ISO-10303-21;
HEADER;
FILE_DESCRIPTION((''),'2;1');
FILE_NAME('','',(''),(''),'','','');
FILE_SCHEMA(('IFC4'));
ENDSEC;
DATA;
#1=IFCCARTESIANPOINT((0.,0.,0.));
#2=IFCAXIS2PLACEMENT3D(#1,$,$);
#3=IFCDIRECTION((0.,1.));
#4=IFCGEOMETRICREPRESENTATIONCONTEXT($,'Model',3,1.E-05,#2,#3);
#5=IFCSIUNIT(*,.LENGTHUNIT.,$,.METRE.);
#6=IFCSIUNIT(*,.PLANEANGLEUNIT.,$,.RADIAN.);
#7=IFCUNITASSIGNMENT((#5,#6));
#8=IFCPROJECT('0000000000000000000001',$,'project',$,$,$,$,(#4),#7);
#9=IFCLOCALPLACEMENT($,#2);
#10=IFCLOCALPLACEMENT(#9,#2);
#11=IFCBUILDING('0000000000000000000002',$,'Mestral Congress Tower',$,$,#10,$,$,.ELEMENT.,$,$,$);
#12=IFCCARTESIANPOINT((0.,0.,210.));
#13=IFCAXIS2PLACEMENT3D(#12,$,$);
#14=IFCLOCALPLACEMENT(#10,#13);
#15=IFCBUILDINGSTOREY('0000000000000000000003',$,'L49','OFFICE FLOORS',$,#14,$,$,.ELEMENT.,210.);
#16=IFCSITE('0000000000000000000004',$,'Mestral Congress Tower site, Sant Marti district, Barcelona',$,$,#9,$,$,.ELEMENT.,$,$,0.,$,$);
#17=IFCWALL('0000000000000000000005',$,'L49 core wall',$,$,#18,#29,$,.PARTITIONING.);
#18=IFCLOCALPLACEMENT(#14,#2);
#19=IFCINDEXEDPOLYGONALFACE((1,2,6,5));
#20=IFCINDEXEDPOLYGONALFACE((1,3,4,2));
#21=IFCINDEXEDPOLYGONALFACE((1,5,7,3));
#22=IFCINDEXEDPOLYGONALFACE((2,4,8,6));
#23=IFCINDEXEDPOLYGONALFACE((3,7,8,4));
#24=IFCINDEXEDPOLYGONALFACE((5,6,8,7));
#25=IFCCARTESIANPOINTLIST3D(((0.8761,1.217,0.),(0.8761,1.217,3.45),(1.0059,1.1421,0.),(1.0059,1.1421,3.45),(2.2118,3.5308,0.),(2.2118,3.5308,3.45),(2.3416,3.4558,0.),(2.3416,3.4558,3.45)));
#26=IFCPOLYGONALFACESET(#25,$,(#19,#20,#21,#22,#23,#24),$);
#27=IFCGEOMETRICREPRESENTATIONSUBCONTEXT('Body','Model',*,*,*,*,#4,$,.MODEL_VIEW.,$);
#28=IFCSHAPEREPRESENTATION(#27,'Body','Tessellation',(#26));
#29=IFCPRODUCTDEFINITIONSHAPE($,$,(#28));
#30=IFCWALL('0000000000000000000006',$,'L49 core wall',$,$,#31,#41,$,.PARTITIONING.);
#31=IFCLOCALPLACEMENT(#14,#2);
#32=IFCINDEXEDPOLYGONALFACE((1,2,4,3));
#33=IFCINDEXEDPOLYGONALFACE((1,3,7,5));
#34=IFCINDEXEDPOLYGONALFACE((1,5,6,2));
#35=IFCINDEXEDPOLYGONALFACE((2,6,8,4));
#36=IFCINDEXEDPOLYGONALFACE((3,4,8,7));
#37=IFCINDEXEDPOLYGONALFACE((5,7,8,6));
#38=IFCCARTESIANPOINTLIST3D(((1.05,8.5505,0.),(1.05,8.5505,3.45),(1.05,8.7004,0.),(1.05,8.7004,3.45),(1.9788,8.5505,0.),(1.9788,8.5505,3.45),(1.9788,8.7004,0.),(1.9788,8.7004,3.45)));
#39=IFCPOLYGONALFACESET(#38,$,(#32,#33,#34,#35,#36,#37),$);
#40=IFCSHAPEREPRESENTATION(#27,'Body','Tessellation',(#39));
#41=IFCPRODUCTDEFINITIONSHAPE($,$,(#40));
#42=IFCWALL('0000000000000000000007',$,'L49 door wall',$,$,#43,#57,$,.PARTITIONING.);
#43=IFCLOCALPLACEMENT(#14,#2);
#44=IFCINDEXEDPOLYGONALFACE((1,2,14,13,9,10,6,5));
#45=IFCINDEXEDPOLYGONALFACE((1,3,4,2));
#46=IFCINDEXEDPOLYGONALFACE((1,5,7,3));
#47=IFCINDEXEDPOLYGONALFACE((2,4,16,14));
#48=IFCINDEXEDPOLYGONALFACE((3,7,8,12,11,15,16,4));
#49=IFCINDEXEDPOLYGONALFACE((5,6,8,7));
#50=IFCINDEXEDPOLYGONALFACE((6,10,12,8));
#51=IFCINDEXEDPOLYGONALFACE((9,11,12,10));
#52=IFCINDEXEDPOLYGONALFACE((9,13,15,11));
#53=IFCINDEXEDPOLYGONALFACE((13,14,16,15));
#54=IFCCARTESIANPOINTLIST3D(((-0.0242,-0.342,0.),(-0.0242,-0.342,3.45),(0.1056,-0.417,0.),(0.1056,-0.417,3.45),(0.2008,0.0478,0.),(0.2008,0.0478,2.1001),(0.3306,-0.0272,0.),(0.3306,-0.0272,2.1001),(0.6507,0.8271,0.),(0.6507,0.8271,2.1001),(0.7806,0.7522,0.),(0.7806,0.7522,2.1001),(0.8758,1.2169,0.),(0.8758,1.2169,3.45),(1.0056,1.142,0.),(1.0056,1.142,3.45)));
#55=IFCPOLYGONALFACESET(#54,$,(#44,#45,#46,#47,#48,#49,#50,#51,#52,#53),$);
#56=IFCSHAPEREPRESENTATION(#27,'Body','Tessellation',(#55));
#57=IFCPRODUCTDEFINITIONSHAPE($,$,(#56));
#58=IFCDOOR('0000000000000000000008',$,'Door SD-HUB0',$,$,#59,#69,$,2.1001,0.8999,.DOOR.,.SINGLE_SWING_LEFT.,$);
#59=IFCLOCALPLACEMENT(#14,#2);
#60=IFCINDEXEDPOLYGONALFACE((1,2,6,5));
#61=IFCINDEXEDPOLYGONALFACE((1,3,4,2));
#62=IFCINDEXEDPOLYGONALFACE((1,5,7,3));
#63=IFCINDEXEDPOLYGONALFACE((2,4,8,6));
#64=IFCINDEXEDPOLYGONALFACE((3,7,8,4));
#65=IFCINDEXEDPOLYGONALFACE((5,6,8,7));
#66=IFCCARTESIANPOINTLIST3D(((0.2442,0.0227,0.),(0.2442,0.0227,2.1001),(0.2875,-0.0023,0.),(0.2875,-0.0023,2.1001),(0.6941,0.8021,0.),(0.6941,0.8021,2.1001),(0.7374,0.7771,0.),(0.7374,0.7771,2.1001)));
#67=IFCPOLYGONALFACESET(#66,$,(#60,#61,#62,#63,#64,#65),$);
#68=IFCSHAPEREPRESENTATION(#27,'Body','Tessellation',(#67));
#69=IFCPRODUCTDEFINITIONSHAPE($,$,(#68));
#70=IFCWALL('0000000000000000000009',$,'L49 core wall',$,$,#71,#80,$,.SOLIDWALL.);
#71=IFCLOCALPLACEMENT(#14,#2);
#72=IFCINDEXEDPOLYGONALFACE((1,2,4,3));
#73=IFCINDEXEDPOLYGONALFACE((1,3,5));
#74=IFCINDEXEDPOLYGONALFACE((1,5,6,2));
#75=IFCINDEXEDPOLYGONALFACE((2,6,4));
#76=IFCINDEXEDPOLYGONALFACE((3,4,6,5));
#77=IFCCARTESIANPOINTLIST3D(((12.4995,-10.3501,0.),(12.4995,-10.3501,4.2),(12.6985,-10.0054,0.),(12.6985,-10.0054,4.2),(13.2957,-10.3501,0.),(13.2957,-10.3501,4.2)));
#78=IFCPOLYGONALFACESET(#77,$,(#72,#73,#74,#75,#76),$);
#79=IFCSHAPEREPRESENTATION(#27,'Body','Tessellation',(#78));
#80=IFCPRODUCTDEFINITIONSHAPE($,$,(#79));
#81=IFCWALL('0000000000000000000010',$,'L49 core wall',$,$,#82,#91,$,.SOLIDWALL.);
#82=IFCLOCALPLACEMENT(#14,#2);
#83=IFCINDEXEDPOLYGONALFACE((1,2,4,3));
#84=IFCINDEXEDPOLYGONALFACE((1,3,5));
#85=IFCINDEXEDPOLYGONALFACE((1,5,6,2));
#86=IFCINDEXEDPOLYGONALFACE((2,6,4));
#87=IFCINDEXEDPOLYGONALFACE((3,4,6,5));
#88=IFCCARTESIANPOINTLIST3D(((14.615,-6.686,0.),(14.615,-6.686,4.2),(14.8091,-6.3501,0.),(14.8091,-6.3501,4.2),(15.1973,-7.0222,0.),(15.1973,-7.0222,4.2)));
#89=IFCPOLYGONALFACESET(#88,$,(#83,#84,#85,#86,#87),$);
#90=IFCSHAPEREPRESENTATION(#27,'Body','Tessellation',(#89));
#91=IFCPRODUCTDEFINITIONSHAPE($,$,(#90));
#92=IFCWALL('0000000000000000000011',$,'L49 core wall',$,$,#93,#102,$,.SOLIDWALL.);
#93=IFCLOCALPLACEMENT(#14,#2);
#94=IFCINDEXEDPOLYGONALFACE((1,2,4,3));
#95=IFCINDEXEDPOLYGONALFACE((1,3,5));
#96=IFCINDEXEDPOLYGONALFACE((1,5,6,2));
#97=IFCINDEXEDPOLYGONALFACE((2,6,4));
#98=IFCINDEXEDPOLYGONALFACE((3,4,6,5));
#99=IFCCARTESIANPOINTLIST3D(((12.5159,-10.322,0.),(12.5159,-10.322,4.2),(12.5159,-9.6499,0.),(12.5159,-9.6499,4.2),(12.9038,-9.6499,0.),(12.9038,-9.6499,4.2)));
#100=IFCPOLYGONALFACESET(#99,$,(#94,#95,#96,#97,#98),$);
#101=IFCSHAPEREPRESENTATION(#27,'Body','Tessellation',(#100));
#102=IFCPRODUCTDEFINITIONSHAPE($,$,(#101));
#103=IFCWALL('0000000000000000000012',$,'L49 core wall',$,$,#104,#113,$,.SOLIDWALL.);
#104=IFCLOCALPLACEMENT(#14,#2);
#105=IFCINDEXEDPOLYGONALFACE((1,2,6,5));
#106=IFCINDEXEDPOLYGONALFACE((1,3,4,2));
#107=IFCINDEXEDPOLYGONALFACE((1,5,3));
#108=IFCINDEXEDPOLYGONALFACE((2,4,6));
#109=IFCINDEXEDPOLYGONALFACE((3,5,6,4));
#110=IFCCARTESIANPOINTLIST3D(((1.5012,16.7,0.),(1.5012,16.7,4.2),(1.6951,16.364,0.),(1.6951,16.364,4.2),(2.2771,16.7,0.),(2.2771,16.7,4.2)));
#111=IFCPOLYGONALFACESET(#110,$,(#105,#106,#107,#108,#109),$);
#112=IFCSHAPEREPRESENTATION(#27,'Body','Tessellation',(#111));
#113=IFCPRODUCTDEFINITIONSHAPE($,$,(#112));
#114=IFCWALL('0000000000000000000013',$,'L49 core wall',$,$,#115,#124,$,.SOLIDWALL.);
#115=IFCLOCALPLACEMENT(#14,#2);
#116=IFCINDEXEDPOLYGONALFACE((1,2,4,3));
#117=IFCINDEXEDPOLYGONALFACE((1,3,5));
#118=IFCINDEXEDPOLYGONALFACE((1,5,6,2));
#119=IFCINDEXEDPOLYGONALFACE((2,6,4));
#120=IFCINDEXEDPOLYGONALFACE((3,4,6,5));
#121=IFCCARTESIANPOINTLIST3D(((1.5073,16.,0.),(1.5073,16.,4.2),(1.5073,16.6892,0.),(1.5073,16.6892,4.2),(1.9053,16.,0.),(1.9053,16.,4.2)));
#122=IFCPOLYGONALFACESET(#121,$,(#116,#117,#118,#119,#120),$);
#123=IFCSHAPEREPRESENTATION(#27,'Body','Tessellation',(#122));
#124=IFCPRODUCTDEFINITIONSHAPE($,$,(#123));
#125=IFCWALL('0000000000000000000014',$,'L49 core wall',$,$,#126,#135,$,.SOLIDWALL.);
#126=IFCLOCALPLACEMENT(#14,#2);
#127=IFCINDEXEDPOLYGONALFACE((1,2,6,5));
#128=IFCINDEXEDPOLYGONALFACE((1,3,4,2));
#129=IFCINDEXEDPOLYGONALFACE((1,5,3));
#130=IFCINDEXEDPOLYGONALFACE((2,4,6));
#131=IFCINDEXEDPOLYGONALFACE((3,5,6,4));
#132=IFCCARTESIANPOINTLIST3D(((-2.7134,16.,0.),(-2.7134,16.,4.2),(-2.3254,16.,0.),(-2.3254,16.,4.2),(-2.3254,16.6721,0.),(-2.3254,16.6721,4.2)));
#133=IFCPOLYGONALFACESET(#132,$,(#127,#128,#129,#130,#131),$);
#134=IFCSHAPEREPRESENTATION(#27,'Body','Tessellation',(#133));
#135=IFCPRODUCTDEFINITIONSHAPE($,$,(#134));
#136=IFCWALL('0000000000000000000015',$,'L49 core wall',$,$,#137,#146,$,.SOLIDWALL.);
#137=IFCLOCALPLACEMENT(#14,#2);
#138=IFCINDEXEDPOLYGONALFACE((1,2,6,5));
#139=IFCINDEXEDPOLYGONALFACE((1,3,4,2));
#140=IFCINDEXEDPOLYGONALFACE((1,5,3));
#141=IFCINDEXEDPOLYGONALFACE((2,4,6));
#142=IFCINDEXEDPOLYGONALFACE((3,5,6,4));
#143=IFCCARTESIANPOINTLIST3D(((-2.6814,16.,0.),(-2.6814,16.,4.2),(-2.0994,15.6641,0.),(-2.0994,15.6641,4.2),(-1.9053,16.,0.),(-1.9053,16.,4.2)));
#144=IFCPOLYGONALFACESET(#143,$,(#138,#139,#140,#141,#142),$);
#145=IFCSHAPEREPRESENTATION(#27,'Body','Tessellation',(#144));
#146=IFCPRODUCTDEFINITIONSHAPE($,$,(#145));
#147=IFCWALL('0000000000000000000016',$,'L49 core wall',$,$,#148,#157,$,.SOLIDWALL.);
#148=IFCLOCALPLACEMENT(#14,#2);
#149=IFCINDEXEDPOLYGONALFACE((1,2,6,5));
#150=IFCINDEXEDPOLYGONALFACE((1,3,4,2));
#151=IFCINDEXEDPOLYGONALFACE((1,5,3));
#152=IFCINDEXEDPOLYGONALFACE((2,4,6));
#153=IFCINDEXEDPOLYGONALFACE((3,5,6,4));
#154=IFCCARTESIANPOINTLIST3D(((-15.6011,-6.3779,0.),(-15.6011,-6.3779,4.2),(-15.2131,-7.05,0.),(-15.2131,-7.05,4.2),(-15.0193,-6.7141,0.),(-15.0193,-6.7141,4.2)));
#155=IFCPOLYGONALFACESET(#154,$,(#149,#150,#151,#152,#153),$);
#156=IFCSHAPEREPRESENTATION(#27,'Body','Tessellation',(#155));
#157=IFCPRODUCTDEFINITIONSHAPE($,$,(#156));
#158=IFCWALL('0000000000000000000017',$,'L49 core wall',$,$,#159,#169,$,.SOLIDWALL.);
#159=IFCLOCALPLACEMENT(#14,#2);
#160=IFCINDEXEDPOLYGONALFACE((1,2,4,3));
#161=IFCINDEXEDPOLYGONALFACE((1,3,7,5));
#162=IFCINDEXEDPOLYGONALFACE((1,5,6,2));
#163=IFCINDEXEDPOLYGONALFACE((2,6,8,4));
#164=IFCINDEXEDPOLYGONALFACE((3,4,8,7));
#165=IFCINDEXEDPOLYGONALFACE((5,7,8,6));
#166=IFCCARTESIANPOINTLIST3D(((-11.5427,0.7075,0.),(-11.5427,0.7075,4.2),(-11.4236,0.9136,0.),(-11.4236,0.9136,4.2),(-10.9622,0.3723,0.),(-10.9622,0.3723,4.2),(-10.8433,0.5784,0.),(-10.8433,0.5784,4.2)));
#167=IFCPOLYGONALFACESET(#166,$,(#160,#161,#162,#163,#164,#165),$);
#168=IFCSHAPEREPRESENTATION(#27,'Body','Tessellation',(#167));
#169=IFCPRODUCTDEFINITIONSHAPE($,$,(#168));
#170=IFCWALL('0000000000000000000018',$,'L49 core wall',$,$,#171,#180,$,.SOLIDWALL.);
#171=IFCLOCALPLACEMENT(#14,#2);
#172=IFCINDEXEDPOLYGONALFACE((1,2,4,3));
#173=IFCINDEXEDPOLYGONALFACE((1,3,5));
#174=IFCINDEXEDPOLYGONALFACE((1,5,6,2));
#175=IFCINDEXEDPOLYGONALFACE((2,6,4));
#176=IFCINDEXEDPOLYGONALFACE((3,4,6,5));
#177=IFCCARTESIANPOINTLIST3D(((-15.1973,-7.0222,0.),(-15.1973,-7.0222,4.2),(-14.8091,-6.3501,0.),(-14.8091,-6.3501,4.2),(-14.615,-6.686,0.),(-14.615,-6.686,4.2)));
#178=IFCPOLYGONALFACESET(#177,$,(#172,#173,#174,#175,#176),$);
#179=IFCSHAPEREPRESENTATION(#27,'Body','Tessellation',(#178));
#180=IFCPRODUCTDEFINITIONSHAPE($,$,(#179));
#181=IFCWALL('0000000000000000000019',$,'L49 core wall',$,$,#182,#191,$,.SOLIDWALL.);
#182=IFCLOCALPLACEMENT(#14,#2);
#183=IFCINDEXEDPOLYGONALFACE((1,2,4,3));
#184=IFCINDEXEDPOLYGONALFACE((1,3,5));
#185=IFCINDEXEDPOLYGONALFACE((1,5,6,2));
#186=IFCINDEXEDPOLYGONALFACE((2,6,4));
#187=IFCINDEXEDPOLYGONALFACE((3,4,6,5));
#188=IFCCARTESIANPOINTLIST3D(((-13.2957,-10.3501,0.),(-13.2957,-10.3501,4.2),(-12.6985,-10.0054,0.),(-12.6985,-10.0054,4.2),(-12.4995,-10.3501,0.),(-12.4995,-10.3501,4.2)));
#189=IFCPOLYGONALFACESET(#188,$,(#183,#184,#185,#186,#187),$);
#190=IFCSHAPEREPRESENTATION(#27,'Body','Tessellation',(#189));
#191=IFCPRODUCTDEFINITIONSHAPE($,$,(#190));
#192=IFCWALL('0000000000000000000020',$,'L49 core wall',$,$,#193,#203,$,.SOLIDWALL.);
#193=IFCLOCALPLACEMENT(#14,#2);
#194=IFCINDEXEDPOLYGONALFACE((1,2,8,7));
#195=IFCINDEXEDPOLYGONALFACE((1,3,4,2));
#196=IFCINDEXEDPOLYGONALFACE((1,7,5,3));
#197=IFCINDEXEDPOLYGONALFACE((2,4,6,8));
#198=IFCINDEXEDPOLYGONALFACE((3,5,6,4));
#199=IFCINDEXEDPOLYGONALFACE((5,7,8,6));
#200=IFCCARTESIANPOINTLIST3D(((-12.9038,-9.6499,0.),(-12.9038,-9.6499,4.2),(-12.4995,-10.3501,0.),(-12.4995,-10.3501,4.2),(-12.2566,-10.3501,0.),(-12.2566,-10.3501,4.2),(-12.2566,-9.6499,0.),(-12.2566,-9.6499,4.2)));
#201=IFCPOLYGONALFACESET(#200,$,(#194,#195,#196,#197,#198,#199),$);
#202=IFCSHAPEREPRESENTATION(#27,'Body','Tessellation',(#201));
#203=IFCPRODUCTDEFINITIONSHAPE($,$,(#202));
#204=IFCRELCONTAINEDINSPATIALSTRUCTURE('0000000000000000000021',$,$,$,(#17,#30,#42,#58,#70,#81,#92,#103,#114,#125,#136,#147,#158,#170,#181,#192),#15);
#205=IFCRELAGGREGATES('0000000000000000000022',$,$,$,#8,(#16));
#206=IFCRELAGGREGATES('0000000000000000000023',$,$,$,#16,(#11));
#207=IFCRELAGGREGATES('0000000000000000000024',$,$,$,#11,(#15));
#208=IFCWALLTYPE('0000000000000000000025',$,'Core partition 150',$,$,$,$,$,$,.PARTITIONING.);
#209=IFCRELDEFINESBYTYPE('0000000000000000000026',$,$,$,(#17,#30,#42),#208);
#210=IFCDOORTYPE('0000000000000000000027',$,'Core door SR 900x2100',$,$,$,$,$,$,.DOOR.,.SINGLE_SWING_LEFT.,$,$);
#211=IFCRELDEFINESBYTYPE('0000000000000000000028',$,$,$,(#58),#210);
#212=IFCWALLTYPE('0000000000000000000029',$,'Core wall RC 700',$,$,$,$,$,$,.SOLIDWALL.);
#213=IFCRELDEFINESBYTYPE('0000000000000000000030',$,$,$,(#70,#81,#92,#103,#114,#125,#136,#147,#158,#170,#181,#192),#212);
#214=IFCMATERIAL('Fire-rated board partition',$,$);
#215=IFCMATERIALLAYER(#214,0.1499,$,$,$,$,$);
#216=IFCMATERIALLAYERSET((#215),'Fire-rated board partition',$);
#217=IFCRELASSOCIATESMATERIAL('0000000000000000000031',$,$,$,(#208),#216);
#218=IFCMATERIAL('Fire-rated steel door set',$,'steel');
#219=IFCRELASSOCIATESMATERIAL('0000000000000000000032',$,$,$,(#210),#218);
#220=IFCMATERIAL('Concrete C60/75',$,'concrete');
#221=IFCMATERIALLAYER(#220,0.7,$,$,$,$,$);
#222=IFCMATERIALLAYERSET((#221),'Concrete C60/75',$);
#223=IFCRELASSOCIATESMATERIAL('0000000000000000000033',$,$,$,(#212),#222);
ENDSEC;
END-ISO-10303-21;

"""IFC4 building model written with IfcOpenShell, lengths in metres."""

from ifc_helpers import new_model, si_unit, direction, frame, frame_2d, origin, place, context, subcontext, project, spatial, polyline, rectangle, outline, extrude, material, layer, layer_set, type_object, element, fill, save


model = new_model("IFC4")

# Units and contexts
model_context = context("Model", 3, precision=1e-05, world=origin(), true_north=direction((0.0, 1.0)))
body_context = subcontext(model_context, "Body", "Model", "MODEL_VIEW")
ifc_project = project(units=[si_unit("LENGTHUNIT", "METRE"), si_unit("PLANEANGLEUNIT", "RADIAN")], contexts=[model_context])

# Site, building, storey
site_placement = place(None, origin())
site = spatial("IfcSite", under=ifc_project, at=site_placement, Name="Mestral Congress Tower site, Sant Marti district, Barcelona", CompositionType="ELEMENT", RefElevation=0.0)
building_placement = place(site_placement, origin())
building = spatial("IfcBuilding", under=site, at=building_placement, Name="Mestral Congress Tower", CompositionType="ELEMENT")
storey_placement = place(building_placement, frame((0.0, 0.0, 210.0)))
storey = spatial("IfcBuildingStorey", under=building, at=storey_placement, Name="L49", Description="OFFICE FLOORS", CompositionType="ELEMENT", Elevation=210.0)

# Walls
ifc_material_1 = material(Name="Fire-rated board partition")
ifc_layer_1 = layer(ifc_material_1, 0.1499)
ifc_layer_set_1 = layer_set([ifc_layer_1], Name="Fire-rated board partition")
wall_type_1 = type_object("IfcWallType", Name="Core partition 150", PredefinedType="PARTITIONING", material=ifc_layer_set_1)
wall_1_placement = place(storey_placement, frame((0.9409, 1.1794, 0.0), z_axis=(0.0, 0.0, 1.0), x_axis=(0.499962, 0.866047, 0.0)))
element("IfcWall", 1, at=wall_1_placement, inside=storey, type_object=wall_type_1, Name="L49 core wall", PredefinedType="PARTITIONING", context=body_context, shape_type="SweptSolid", body=[
    extrude(rectangle(XDim=2.6716, YDim=0.1499, at=frame_2d((1.3359, 0.0))), origin(), (0.0, 0.0, 1.0), 3.45),
])
wall_2_placement = place(storey_placement, frame((1.05, 8.6255, 0.0), z_axis=(0.0, 0.0, 1.0), x_axis=(1.0, 0.0, 0.0)))
element("IfcWall", 2, at=wall_2_placement, inside=storey, type_object=wall_type_1, Name="L49 core wall", PredefinedType="PARTITIONING", context=body_context, shape_type="SweptSolid", body=[
    extrude(rectangle(XDim=0.9287, YDim=0.1499, at=frame_2d((0.4644, 0.0))), origin(), (0.0, 0.0, 1.0), 3.45),
])

# Wall, opening, door
wall_3_placement = place(storey_placement, frame((0.0408, -0.3794, 0.0), z_axis=(0.0, 0.0, 1.0), x_axis=(0.499961, 0.866048, 0.0)))
wall_3 = element("IfcWall", 3, at=wall_3_placement, inside=storey, type_object=wall_type_1, Name="L49 door wall", PredefinedType="PARTITIONING", context=body_context, shape_type="SweptSolid", body=[
    extrude(rectangle(XDim=1.8, YDim=0.1499, at=frame_2d((0.8999, 0.0))), origin(), (0.0, 0.0, 1.0), 3.45),
])
opening_placement = place(wall_3_placement, frame((0.45, 0.0, 0.0)))
opening = element("IfcOpeningElement", 4, at=opening_placement, cuts=wall_3, PredefinedType="OPENING", context=body_context, shape_type="SweptSolid", body=[
    extrude(rectangle(XDim=0.8999, YDim=2.1001, at=frame_2d((0.45, 1.05))), frame((0.0, 0.085, 0.0), z_axis=(0.0, -1.0, 0.0), x_axis=(1.0, 0.0, 0.0)), (0.0, 0.0, 1.0), 0.1699),
])
ifc_material_2 = material(Name="Fire-rated steel door set", Category="steel")
door_type = type_object("IfcDoorType", Name="Core door SR 900x2100", OperationType="SINGLE_SWING_LEFT", PredefinedType="DOOR", material=ifc_material_2)
door_placement = place(opening_placement, origin())
door = element("IfcDoor", 5, at=door_placement, inside=storey, type_object=door_type, Name="Door SD-HUB0", OperationType="SINGLE_SWING_LEFT", OverallHeight=2.1001, OverallWidth=0.8999, PredefinedType="DOOR", context=body_context, shape_type="SweptSolid", body=[
    extrude(rectangle(XDim=0.8999, YDim=2.1001, at=frame_2d((0.45, 1.05))), frame((0.0, 0.0249, 0.0), z_axis=(0.0, -1.0, 0.0), x_axis=(1.0, 0.0, 0.0)), (0.0, 0.0, 1.0), 0.05),
])
fill(opening, door)

# Walls
ifc_material_3 = material(Name="Concrete C60/75", Category="concrete")
ifc_layer_2 = layer(ifc_material_3, 0.7)
ifc_layer_set_2 = layer_set([ifc_layer_2], Name="Concrete C60/75")
wall_type_2 = type_object("IfcWallType", Name="Core wall RC 700", PredefinedType="SOLIDWALL", material=ifc_layer_set_2)
placement = place(storey_placement, origin())
element("IfcWall", 6, at=placement, inside=storey, type_object=wall_type_2, Name="L49 core wall", PredefinedType="SOLIDWALL", context=body_context, shape_type="SweptSolid", body=[
    extrude(outline(polyline([(12.6985, -10.0054), (13.2957, -10.3501), (12.4995, -10.3501), (12.6985, -10.0054)])), origin(), (0.0, 0.0, 1.0), 4.2),
])
element("IfcWall", 7, at=placement, inside=storey, type_object=wall_type_2, Name="L49 core wall", PredefinedType="SOLIDWALL", context=body_context, shape_type="SweptSolid", body=[
    extrude(outline(polyline([(14.8091, -6.3501), (15.1973, -7.0222), (14.615, -6.686), (14.8091, -6.3501)])), origin(), (0.0, 0.0, 1.0), 4.2),
])
element("IfcWall", 8, at=placement, inside=storey, type_object=wall_type_2, Name="L49 core wall", PredefinedType="SOLIDWALL", context=body_context, shape_type="SweptSolid", body=[
    extrude(outline(polyline([(12.9038, -9.6499), (12.5159, -10.322), (12.5159, -9.6499), (12.9038, -9.6499)])), origin(), (0.0, 0.0, 1.0), 4.2),
])
element("IfcWall", 9, at=placement, inside=storey, type_object=wall_type_2, Name="L49 core wall", PredefinedType="SOLIDWALL", context=body_context, shape_type="SweptSolid", body=[
    extrude(outline(polyline([(1.5012, 16.7), (2.2771, 16.7), (1.6951, 16.364), (1.5012, 16.7)])), origin(), (0.0, 0.0, 1.0), 4.2),
])
element("IfcWall", 10, at=placement, inside=storey, type_object=wall_type_2, Name="L49 core wall", PredefinedType="SOLIDWALL", context=body_context, shape_type="SweptSolid", body=[
    extrude(outline(polyline([(1.9053, 16.0), (1.5073, 16.0), (1.5073, 16.6892), (1.9053, 16.0)])), origin(), (0.0, 0.0, 1.0), 4.2),
])
element("IfcWall", 11, at=placement, inside=storey, type_object=wall_type_2, Name="L49 core wall", PredefinedType="SOLIDWALL", context=body_context, shape_type="SweptSolid", body=[
    extrude(outline(polyline([(-2.7134, 16.0), (-2.3254, 16.6721), (-2.3254, 16.0), (-2.7134, 16.0)])), origin(), (0.0, 0.0, 1.0), 4.2),
])
element("IfcWall", 12, at=placement, inside=storey, type_object=wall_type_2, Name="L49 core wall", PredefinedType="SOLIDWALL", context=body_context, shape_type="SweptSolid", body=[
    extrude(outline(polyline([(-1.9053, 16.0), (-2.0994, 15.6641), (-2.6814, 16.0), (-1.9053, 16.0)])), origin(), (0.0, 0.0, 1.0), 4.2),
])
element("IfcWall", 13, at=placement, inside=storey, type_object=wall_type_2, Name="L49 core wall", PredefinedType="SOLIDWALL", context=body_context, shape_type="SweptSolid", body=[
    extrude(outline(polyline([(-15.2131, -7.05), (-15.6011, -6.3779), (-15.0193, -6.7141), (-15.2131, -7.05)])), origin(), (0.0, 0.0, 1.0), 4.2),
])
element("IfcWall", 14, at=placement, inside=storey, type_object=wall_type_2, Name="L49 core wall", PredefinedType="SOLIDWALL", context=body_context, shape_type="SweptSolid", body=[
    extrude(outline(polyline([(-11.5427, 0.7075), (-11.4236, 0.9136), (-10.8433, 0.5784), (-10.9622, 0.3723), (-11.5427, 0.7075)])), origin(), (0.0, 0.0, 1.0), 4.2),
])
element("IfcWall", 15, at=placement, inside=storey, type_object=wall_type_2, Name="L49 core wall", PredefinedType="SOLIDWALL", context=body_context, shape_type="SweptSolid", body=[
    extrude(outline(polyline([(-14.8091, -6.3501), (-14.615, -6.686), (-15.1973, -7.0222), (-14.8091, -6.3501)])), origin(), (0.0, 0.0, 1.0), 4.2),
])
element("IfcWall", 16, at=placement, inside=storey, type_object=wall_type_2, Name="L49 core wall", PredefinedType="SOLIDWALL", context=body_context, shape_type="SweptSolid", body=[
    extrude(outline(polyline([(-12.4995, -10.3501), (-13.2957, -10.3501), (-12.6985, -10.0054), (-12.4995, -10.3501)])), origin(), (0.0, 0.0, 1.0), 4.2),
])
element("IfcWall", 17, at=placement, inside=storey, type_object=wall_type_2, Name="L49 core wall", PredefinedType="SOLIDWALL", context=body_context, shape_type="SweptSolid", body=[
    extrude(outline(polyline([(-12.2566, -10.3501), (-12.4995, -10.3501), (-12.9038, -9.6499), (-12.2566, -9.6499), (-12.2566, -10.3501)])), origin(), (0.0, 0.0, 1.0), 4.2),
])

save(model, "model.ifc")
